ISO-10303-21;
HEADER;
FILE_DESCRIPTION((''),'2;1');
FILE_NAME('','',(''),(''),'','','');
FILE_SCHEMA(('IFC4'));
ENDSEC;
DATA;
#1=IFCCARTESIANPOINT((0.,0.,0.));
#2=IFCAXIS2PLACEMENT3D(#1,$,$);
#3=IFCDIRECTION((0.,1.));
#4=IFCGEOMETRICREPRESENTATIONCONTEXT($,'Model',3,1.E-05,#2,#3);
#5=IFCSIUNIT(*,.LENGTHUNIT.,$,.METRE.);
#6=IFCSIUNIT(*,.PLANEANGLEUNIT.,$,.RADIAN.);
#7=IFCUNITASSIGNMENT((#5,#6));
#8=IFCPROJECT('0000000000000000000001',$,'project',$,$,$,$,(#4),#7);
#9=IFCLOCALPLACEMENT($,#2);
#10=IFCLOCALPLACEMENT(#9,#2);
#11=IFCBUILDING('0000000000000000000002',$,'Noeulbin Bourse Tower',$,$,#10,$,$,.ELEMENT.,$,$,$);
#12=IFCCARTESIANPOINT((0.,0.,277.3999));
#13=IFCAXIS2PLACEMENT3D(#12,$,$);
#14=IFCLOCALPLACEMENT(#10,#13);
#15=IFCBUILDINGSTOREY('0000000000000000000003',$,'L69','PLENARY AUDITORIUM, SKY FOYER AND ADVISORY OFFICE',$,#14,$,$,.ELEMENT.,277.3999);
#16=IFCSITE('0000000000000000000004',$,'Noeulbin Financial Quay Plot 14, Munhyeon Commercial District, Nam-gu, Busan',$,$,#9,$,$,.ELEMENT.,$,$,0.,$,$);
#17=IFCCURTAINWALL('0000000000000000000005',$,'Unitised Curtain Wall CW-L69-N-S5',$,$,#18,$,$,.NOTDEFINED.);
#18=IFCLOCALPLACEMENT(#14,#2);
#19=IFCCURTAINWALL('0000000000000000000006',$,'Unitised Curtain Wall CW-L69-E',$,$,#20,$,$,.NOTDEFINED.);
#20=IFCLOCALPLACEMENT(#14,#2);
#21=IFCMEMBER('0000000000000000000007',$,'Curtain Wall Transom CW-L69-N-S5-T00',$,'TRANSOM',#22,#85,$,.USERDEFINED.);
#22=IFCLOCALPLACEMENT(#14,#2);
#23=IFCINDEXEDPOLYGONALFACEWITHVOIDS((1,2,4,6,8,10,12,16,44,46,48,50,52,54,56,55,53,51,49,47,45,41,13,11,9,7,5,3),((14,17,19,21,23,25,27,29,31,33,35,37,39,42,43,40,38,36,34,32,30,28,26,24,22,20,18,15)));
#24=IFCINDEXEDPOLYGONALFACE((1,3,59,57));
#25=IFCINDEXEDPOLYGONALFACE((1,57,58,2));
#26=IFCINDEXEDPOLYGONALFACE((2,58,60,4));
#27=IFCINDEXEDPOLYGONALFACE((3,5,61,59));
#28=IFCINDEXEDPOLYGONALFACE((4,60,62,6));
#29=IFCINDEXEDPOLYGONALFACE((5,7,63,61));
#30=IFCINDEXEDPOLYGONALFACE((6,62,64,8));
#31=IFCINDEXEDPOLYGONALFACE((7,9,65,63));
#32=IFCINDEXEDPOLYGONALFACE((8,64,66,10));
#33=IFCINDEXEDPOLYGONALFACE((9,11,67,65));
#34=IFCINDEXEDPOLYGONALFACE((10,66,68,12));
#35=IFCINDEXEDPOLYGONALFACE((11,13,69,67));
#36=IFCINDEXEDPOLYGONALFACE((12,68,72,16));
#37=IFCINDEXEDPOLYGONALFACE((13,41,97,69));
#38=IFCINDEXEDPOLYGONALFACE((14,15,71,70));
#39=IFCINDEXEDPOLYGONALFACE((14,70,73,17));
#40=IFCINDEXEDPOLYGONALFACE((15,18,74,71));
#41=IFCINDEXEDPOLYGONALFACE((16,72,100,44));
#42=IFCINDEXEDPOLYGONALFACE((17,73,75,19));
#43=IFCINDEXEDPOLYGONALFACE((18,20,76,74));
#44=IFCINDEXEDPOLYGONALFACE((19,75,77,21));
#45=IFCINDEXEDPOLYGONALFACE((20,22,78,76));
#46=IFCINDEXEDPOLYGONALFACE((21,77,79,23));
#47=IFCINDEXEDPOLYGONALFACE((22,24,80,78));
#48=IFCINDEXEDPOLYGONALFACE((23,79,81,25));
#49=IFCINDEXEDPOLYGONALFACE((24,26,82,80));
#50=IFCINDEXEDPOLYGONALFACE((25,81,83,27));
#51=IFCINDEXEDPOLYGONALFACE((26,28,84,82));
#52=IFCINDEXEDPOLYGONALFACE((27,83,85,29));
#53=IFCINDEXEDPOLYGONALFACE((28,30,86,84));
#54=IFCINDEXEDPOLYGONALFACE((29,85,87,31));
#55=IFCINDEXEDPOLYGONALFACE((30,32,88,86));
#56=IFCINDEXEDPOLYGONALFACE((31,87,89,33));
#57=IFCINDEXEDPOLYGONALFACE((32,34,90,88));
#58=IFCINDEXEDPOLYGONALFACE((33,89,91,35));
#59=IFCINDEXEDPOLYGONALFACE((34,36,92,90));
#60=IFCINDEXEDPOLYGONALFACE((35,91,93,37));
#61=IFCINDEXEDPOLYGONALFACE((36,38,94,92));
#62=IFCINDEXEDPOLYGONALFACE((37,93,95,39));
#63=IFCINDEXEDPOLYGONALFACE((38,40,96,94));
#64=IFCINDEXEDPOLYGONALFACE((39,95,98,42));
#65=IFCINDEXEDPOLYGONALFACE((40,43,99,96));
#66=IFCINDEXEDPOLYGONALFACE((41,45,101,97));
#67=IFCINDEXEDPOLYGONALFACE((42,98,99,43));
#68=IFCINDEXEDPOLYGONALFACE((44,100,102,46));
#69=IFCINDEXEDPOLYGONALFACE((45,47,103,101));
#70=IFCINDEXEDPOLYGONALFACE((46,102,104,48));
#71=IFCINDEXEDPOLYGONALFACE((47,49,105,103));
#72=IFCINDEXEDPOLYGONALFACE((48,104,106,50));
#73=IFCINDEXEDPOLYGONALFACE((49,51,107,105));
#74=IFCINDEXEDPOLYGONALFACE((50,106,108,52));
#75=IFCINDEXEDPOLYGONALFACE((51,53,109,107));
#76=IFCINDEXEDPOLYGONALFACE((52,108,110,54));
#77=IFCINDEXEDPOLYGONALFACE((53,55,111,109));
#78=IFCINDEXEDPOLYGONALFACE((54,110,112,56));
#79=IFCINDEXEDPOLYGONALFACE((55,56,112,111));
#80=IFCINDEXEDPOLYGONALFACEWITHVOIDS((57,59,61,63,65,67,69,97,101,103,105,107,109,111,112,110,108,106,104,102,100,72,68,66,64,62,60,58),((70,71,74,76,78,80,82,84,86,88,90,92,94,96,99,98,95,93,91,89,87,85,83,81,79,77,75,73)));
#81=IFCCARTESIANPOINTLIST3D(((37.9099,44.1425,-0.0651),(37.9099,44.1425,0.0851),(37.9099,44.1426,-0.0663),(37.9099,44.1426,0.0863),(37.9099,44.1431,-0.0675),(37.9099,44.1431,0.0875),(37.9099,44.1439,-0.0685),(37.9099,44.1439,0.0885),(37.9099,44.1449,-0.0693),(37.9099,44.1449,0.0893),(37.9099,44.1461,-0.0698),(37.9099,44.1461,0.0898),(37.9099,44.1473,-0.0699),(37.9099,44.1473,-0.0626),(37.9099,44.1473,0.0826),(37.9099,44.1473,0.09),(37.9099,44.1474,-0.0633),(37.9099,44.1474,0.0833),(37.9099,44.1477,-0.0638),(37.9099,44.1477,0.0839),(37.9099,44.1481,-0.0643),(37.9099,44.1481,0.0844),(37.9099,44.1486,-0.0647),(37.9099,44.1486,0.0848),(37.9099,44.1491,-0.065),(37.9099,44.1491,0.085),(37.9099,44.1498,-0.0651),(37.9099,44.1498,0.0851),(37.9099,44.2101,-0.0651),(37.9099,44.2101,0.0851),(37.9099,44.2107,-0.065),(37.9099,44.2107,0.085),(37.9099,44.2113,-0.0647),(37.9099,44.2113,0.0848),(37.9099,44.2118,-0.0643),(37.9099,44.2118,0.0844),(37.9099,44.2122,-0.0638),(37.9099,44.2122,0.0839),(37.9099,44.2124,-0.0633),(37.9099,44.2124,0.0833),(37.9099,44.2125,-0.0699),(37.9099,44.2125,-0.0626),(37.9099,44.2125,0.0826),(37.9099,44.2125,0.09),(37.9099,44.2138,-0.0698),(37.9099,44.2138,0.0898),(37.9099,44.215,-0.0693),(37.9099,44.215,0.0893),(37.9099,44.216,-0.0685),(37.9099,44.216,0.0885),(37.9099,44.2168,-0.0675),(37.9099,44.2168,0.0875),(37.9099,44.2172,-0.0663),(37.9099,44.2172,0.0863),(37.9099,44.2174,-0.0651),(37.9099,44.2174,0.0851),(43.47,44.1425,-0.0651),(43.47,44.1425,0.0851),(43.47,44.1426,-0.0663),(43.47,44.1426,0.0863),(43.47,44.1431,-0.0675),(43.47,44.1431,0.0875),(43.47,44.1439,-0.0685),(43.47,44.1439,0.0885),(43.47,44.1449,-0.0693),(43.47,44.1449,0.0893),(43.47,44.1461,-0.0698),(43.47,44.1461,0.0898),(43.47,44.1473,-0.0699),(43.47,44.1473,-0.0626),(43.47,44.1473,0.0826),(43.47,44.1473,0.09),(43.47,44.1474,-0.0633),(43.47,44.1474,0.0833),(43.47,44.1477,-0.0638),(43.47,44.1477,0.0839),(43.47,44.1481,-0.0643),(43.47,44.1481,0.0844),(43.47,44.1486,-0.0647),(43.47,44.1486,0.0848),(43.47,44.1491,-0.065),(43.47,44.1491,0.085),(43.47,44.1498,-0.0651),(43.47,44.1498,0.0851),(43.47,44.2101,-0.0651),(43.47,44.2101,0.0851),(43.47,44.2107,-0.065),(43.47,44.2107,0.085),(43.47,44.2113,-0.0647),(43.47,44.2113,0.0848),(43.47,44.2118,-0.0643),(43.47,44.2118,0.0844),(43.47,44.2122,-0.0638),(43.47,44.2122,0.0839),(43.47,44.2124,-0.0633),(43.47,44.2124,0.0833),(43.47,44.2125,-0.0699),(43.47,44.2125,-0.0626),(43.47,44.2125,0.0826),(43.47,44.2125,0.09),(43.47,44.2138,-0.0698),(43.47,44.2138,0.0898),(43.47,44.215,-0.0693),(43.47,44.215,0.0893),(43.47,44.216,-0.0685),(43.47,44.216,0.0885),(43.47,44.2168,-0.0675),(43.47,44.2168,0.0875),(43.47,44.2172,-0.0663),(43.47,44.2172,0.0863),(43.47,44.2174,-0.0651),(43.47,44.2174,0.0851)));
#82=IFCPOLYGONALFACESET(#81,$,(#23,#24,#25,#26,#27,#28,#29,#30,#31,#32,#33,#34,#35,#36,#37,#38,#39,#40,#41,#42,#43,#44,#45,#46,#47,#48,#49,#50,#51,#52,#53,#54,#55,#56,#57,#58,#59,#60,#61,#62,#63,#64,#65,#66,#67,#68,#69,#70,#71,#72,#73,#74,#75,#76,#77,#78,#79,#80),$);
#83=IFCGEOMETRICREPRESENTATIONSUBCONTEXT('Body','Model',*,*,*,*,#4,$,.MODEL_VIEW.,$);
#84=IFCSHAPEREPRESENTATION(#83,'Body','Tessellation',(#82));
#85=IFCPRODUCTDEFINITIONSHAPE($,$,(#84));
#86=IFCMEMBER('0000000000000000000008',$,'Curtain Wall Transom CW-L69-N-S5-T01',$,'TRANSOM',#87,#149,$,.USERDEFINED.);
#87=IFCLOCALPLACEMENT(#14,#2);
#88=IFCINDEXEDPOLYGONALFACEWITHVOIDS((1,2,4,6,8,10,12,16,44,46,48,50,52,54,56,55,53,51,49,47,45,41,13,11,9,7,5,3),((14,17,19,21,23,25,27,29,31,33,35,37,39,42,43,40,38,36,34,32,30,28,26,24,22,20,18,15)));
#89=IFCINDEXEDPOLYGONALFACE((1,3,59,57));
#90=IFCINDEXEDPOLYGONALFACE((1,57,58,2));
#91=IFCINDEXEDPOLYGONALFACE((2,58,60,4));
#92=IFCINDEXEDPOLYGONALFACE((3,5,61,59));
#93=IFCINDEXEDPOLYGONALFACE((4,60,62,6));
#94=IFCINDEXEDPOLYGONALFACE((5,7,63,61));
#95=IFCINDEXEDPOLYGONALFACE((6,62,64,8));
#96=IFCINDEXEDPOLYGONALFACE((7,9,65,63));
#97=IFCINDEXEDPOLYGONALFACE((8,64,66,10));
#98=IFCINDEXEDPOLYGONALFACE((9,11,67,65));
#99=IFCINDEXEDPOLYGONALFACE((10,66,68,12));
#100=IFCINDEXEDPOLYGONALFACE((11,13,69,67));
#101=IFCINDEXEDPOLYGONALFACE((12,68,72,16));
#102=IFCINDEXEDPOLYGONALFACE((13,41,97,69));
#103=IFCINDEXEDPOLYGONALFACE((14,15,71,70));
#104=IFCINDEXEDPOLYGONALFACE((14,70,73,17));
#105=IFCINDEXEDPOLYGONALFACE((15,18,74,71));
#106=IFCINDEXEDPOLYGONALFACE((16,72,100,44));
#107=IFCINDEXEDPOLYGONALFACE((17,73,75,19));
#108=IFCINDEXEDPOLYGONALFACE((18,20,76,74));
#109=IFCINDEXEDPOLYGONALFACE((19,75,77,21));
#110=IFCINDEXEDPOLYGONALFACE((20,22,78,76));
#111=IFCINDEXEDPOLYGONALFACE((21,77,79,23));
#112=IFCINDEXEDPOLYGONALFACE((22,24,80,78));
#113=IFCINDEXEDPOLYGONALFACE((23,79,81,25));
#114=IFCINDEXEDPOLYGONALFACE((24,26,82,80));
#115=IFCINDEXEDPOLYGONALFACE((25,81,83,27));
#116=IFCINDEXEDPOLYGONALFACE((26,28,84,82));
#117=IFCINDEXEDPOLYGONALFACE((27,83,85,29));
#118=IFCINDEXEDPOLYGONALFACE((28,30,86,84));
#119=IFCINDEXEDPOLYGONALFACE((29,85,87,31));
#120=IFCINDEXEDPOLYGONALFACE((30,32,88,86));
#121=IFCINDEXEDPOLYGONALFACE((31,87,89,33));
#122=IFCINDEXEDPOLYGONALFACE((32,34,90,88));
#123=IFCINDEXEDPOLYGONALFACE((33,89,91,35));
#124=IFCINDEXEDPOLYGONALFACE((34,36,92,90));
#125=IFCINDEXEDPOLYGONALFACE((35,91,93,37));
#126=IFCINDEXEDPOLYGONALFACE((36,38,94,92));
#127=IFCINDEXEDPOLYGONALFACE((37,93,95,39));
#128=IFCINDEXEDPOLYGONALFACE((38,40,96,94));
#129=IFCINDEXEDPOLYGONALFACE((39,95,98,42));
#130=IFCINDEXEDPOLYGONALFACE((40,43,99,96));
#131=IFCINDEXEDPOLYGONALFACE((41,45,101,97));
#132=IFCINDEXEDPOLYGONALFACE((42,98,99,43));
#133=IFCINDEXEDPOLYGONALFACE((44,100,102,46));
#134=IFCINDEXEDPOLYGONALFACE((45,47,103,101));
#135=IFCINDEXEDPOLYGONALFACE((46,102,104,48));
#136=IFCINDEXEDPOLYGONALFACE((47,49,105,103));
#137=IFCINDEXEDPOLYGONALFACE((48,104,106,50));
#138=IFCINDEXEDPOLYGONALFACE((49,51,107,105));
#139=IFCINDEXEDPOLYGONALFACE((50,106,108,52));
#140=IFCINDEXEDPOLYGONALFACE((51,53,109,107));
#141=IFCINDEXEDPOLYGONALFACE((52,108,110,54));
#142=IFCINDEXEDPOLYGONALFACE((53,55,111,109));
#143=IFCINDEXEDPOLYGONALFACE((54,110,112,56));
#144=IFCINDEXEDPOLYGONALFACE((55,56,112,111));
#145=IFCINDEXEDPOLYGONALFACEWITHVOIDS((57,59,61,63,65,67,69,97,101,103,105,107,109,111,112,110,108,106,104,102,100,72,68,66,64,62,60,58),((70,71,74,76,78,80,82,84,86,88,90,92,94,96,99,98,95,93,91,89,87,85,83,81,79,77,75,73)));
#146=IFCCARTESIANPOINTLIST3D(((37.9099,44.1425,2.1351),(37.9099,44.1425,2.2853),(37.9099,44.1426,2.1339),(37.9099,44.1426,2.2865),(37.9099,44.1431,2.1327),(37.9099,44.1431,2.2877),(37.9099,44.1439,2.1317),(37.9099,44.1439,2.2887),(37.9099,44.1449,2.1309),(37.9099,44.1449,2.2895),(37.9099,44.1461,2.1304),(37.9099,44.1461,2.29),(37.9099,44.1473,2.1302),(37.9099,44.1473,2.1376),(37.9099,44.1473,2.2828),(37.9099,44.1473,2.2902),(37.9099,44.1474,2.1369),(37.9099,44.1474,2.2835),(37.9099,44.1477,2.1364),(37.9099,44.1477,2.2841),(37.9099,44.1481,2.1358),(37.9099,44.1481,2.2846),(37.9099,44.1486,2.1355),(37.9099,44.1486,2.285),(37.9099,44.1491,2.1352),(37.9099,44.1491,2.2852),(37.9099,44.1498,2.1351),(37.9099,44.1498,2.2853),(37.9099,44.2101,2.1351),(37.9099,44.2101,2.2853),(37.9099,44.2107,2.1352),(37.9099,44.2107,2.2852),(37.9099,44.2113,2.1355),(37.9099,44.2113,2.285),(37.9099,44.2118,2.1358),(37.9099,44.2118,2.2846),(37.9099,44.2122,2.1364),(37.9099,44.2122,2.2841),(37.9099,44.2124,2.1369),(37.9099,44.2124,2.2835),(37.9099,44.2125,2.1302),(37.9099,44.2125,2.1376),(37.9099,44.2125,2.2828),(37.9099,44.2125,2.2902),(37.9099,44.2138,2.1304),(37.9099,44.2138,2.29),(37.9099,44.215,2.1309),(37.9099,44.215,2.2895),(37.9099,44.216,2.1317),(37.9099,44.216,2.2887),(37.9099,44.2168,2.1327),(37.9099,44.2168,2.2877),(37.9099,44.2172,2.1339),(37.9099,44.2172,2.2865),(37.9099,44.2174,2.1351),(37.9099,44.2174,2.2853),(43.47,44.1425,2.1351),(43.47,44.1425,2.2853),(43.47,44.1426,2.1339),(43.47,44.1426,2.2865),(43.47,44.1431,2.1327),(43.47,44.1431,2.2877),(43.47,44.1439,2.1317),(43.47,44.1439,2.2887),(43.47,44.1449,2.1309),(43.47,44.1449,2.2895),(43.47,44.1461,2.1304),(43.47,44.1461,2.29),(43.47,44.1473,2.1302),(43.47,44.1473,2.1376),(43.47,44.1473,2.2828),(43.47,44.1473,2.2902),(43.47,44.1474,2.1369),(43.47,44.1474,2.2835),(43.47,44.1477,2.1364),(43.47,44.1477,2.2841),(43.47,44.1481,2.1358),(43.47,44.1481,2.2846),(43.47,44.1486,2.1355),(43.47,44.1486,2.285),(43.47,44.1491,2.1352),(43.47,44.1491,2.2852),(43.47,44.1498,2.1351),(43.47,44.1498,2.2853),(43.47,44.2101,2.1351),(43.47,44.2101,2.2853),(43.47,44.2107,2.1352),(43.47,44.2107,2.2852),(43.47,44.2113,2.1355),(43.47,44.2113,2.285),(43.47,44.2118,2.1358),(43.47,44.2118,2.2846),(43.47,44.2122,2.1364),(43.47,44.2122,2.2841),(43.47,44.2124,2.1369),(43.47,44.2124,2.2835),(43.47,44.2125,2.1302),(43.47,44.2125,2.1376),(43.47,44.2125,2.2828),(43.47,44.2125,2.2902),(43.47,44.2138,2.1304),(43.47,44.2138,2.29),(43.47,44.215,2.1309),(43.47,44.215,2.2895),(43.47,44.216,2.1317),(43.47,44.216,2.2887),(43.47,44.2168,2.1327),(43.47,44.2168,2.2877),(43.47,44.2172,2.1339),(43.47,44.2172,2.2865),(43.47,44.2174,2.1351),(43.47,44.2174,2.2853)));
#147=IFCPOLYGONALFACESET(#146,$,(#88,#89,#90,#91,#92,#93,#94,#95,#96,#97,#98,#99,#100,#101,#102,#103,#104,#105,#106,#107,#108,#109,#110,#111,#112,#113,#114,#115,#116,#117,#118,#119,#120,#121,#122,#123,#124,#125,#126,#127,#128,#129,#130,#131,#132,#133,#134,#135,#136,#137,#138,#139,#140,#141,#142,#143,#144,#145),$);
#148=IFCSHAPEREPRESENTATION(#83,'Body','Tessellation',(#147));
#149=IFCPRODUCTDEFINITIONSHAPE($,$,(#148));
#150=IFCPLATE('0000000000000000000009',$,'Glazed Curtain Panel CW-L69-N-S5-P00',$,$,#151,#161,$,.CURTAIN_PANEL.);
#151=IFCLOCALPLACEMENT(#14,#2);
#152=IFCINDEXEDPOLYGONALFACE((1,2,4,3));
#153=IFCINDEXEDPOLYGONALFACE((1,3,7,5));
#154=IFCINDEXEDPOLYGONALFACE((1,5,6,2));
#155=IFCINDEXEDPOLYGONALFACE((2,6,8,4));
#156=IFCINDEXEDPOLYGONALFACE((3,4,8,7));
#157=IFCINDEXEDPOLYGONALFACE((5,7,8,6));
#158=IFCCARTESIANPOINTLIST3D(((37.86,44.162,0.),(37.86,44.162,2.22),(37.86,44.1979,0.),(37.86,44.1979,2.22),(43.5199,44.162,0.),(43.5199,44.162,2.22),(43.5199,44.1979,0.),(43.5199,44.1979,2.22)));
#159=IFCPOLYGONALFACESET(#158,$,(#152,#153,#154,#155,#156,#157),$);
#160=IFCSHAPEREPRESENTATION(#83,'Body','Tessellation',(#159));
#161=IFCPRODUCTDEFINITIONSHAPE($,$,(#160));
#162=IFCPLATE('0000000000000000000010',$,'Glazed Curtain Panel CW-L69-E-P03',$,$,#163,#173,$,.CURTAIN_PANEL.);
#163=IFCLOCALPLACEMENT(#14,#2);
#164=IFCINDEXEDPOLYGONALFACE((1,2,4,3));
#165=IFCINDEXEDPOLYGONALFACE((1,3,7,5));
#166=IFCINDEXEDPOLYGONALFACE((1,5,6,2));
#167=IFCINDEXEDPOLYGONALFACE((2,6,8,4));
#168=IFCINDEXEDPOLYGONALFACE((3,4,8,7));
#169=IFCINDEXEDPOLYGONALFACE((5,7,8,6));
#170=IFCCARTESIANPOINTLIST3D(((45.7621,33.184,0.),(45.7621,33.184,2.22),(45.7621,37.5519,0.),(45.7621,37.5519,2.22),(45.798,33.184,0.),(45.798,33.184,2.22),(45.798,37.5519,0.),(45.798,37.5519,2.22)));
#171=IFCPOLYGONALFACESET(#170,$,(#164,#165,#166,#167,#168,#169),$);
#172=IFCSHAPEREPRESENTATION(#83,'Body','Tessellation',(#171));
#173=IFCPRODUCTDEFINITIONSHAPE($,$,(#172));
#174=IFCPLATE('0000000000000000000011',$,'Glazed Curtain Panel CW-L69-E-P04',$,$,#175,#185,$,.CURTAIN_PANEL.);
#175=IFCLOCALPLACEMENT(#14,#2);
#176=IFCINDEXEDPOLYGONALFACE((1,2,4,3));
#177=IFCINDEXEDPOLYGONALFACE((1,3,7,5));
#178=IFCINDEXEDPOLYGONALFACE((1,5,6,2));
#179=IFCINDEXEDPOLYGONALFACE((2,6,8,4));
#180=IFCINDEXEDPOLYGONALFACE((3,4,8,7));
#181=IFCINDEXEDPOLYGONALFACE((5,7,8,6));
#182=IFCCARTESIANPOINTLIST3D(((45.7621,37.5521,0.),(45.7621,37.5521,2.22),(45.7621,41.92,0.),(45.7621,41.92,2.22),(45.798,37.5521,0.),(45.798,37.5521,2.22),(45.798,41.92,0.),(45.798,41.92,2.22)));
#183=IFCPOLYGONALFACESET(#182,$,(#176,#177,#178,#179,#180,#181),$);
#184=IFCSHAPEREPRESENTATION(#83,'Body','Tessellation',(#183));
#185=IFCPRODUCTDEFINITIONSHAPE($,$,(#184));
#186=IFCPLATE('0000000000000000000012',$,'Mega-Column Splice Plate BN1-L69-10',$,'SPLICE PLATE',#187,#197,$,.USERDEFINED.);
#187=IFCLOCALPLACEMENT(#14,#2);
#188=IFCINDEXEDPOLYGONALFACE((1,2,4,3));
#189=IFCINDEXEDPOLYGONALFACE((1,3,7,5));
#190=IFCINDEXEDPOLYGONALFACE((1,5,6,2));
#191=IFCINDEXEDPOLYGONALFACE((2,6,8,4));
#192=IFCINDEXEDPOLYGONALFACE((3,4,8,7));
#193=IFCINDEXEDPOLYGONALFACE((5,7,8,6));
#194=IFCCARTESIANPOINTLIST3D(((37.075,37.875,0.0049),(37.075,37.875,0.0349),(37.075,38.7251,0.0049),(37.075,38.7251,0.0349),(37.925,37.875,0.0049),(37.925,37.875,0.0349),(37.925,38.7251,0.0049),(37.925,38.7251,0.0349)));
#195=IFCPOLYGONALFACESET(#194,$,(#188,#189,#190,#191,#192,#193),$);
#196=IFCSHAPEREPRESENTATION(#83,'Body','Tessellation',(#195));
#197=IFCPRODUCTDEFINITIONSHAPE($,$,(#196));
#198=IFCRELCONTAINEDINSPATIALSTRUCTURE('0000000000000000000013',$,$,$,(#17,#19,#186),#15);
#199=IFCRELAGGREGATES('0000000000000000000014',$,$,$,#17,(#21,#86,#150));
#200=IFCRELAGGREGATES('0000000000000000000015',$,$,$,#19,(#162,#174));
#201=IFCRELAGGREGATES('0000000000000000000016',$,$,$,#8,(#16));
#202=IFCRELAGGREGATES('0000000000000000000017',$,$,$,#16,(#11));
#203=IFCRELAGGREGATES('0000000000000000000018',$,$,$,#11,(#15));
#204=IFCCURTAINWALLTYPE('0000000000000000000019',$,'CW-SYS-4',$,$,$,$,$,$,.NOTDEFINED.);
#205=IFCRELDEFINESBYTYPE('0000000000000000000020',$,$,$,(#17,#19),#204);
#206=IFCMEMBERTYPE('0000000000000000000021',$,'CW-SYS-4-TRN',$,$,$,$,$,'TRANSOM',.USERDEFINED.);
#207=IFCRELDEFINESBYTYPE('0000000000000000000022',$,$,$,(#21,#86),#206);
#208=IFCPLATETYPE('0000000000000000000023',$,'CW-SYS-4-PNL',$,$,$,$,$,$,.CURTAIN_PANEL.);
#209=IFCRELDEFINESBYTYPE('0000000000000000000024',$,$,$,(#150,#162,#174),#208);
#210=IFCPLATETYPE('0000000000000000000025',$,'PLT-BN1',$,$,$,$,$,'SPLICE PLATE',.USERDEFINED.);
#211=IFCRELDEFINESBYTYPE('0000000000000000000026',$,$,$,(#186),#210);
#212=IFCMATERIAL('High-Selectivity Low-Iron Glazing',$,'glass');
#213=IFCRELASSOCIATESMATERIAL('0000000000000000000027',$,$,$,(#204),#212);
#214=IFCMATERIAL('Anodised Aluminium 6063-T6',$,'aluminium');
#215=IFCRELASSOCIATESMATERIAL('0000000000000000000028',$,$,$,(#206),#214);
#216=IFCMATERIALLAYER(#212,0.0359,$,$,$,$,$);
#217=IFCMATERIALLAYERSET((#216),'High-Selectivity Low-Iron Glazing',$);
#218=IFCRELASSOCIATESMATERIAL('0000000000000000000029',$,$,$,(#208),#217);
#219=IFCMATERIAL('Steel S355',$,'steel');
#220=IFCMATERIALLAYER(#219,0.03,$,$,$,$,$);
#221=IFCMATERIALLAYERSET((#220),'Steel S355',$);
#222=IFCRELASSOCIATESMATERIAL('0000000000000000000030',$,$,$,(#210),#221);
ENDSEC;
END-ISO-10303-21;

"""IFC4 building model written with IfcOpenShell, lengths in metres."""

from ifc_helpers import new_model, si_unit, direction, frame, origin, origin_2d, place, context, subcontext, project, spatial, rectangle, hollow_rectangle, extrude, material, layer, layer_set, material_profile, profile_set, type_object, element, aggregate, save


model = new_model("IFC4")

# Units and contexts
model_context = context("Model", 3, precision=1e-05, world=origin(), true_north=direction((0.0, 1.0)))
body_context = subcontext(model_context, "Body", "Model", "MODEL_VIEW")
ifc_project = project(units=[si_unit("LENGTHUNIT", "METRE"), si_unit("PLANEANGLEUNIT", "RADIAN")], contexts=[model_context])

# Site, building, storey
site_placement = place(None, origin())
site = spatial("IfcSite", under=ifc_project, at=site_placement, Name="Noeulbin Financial Quay Plot 14, Munhyeon Commercial District, Nam-gu, Busan", CompositionType="ELEMENT", RefElevation=0.0)
building_placement = place(site_placement, origin())
building = spatial("IfcBuilding", under=site, at=building_placement, Name="Noeulbin Bourse Tower", CompositionType="ELEMENT")
storey_placement = place(building_placement, frame((0.0, 0.0, 277.3999)))
storey = spatial("IfcBuildingStorey", under=building, at=storey_placement, Name="L69", Description="PLENARY AUDITORIUM, SKY FOYER AND ADVISORY OFFICE", CompositionType="ELEMENT", Elevation=277.3999)

# Shared definitions
ifc_material_1 = material(Name="Steel S355", Category="steel")

# Curtain walls
ifc_material_2 = material(Name="High-Selectivity Low-Iron Glazing", Category="glass")
curtain_wall_type = type_object("IfcCurtainWallType", Name="CW-SYS-4", PredefinedType="NOTDEFINED", material=ifc_material_2)
curtain_wall_1_placement = place(storey_placement, origin())
curtain_wall_1 = element("IfcCurtainWall", 1, at=curtain_wall_1_placement, inside=storey, type_object=curtain_wall_type, Name="Unitised Curtain Wall CW-L69-N-S5", PredefinedType="NOTDEFINED")
ifc_material_3 = material(Name="Anodised Aluminium 6063-T6", Category="aluminium")
curtain_wall_2_placement = place(storey_placement, origin())
curtain_wall_2 = element("IfcCurtainWall", 2, at=curtain_wall_2_placement, inside=storey, type_object=curtain_wall_type, Name="Unitised Curtain Wall CW-L69-E", PredefinedType="NOTDEFINED")

# Members
ifc_material_profile_1 = material_profile(ifc_material_3, hollow_rectangle(XDim=0.075, YDim=0.1599, WallThickness=0.0049, InnerFilletRadius=0.0024, OuterFilletRadius=0.0049, at=origin_2d()), Name="ALU-TRAN-75x160x5", Category="LoadBearing")
ifc_profile_set_1 = profile_set([ifc_material_profile_1], Name="Anodised Aluminium 6063-T6")
member_type_1 = type_object("IfcMemberType", Name="CW-SYS-4-TRN", ElementType="TRANSOM", PredefinedType="USERDEFINED", material=ifc_profile_set_1)
member_1_placement = place(storey_placement, frame((37.9099, 44.1799, 0.01), z_axis=(1.0, 0.0, 0.0), x_axis=(0.0, 1.0, 0.0)))
member_1 = element("IfcMember", 3, at=member_1_placement, type_object=member_type_1, Name="Curtain Wall Transom CW-L69-N-S5-T00", ObjectType="TRANSOM", PredefinedType="USERDEFINED", context=body_context, shape_type="SweptSolid", body=[
    extrude(hollow_rectangle(XDim=0.075, YDim=0.1599, WallThickness=0.0049, InnerFilletRadius=0.0024, OuterFilletRadius=0.0049, at=origin_2d()), origin(), (0.0, 0.0, 1.0), 5.5601),
])
member_2_placement = place(storey_placement, frame((37.9099, 44.1799, 2.2102), z_axis=(1.0, 0.0, 0.0), x_axis=(0.0, 1.0, 0.0)))
member_2 = element("IfcMember", 4, at=member_2_placement, type_object=member_type_1, Name="Curtain Wall Transom CW-L69-N-S5-T01", ObjectType="TRANSOM", PredefinedType="USERDEFINED", context=body_context, shape_type="SweptSolid", body=[
    extrude(hollow_rectangle(XDim=0.075, YDim=0.1599, WallThickness=0.0049, InnerFilletRadius=0.0024, OuterFilletRadius=0.0049, at=origin_2d()), origin(), (0.0, 0.0, 1.0), 5.5601),
])

# Plates
ifc_layer_1 = layer(ifc_material_2, 0.0359)
ifc_layer_set_1 = layer_set([ifc_layer_1], Name="High-Selectivity Low-Iron Glazing")
plate_type_1 = type_object("IfcPlateType", Name="CW-SYS-4-PNL", PredefinedType="CURTAIN_PANEL", material=ifc_layer_set_1)
plate_1_placement = place(storey_placement, frame((40.6899, 44.1799, 0.0), z_axis=(0.0, 0.0, 1.0), x_axis=(1.0, 0.0, 0.0)))
plate_1 = element("IfcPlate", 5, at=plate_1_placement, type_object=plate_type_1, Name="Glazed Curtain Panel CW-L69-N-S5-P00", PredefinedType="CURTAIN_PANEL", context=body_context, shape_type="SweptSolid", body=[
    extrude(rectangle(XDim=5.6599, YDim=0.0359, at=origin_2d()), origin(), (0.0, 0.0, 1.0), 2.22),
])
aggregate(curtain_wall_1, [member_1, member_2, plate_1])
plate_2_placement = place(storey_placement, frame((45.78, 35.3679, 0.0), z_axis=(0.0, 0.0, 1.0), x_axis=(0.0, 1.0, 0.0)))
plate_2 = element("IfcPlate", 6, at=plate_2_placement, type_object=plate_type_1, Name="Glazed Curtain Panel CW-L69-E-P03", PredefinedType="CURTAIN_PANEL", context=body_context, shape_type="SweptSolid", body=[
    extrude(rectangle(XDim=4.3679, YDim=0.0359, at=origin_2d()), origin(), (0.0, 0.0, 1.0), 2.22),
])
plate_3_placement = place(storey_placement, frame((45.78, 39.7361, 0.0), z_axis=(0.0, 0.0, 1.0), x_axis=(0.0, 1.0, 0.0)))
plate_3 = element("IfcPlate", 7, at=plate_3_placement, type_object=plate_type_1, Name="Glazed Curtain Panel CW-L69-E-P04", PredefinedType="CURTAIN_PANEL", context=body_context, shape_type="SweptSolid", body=[
    extrude(rectangle(XDim=4.3679, YDim=0.0359, at=origin_2d()), origin(), (0.0, 0.0, 1.0), 2.22),
])
aggregate(curtain_wall_2, [plate_2, plate_3])

# Plate
ifc_layer_2 = layer(ifc_material_1, 0.03)
ifc_layer_set_2 = layer_set([ifc_layer_2], Name="Steel S355")
plate_type_2 = type_object("IfcPlateType", Name="PLT-BN1", ElementType="SPLICE PLATE", PredefinedType="USERDEFINED", material=ifc_layer_set_2)
for number, where, z_axis, x_axis, name in (
    (8, (37.5, 38.3, 0.0049), (0.0, 0.0, 1.0), (1.0, 0.0, 0.0), "Mega-Column Splice Plate BN1-L69-10"),
):
    element("IfcPlate", number, at=place(storey_placement, frame(where, z_axis=z_axis, x_axis=x_axis)), inside=storey, type_object=plate_type_2, Name=name, ObjectType="SPLICE PLATE", PredefinedType="USERDEFINED", context=body_context, shape_type="SweptSolid", body=[
        extrude(rectangle(XDim=0.8501, YDim=0.8501, at=origin_2d()), origin(), (0.0, 0.0, 1.0), 0.03),
    ])

save(model, "model.ifc")
